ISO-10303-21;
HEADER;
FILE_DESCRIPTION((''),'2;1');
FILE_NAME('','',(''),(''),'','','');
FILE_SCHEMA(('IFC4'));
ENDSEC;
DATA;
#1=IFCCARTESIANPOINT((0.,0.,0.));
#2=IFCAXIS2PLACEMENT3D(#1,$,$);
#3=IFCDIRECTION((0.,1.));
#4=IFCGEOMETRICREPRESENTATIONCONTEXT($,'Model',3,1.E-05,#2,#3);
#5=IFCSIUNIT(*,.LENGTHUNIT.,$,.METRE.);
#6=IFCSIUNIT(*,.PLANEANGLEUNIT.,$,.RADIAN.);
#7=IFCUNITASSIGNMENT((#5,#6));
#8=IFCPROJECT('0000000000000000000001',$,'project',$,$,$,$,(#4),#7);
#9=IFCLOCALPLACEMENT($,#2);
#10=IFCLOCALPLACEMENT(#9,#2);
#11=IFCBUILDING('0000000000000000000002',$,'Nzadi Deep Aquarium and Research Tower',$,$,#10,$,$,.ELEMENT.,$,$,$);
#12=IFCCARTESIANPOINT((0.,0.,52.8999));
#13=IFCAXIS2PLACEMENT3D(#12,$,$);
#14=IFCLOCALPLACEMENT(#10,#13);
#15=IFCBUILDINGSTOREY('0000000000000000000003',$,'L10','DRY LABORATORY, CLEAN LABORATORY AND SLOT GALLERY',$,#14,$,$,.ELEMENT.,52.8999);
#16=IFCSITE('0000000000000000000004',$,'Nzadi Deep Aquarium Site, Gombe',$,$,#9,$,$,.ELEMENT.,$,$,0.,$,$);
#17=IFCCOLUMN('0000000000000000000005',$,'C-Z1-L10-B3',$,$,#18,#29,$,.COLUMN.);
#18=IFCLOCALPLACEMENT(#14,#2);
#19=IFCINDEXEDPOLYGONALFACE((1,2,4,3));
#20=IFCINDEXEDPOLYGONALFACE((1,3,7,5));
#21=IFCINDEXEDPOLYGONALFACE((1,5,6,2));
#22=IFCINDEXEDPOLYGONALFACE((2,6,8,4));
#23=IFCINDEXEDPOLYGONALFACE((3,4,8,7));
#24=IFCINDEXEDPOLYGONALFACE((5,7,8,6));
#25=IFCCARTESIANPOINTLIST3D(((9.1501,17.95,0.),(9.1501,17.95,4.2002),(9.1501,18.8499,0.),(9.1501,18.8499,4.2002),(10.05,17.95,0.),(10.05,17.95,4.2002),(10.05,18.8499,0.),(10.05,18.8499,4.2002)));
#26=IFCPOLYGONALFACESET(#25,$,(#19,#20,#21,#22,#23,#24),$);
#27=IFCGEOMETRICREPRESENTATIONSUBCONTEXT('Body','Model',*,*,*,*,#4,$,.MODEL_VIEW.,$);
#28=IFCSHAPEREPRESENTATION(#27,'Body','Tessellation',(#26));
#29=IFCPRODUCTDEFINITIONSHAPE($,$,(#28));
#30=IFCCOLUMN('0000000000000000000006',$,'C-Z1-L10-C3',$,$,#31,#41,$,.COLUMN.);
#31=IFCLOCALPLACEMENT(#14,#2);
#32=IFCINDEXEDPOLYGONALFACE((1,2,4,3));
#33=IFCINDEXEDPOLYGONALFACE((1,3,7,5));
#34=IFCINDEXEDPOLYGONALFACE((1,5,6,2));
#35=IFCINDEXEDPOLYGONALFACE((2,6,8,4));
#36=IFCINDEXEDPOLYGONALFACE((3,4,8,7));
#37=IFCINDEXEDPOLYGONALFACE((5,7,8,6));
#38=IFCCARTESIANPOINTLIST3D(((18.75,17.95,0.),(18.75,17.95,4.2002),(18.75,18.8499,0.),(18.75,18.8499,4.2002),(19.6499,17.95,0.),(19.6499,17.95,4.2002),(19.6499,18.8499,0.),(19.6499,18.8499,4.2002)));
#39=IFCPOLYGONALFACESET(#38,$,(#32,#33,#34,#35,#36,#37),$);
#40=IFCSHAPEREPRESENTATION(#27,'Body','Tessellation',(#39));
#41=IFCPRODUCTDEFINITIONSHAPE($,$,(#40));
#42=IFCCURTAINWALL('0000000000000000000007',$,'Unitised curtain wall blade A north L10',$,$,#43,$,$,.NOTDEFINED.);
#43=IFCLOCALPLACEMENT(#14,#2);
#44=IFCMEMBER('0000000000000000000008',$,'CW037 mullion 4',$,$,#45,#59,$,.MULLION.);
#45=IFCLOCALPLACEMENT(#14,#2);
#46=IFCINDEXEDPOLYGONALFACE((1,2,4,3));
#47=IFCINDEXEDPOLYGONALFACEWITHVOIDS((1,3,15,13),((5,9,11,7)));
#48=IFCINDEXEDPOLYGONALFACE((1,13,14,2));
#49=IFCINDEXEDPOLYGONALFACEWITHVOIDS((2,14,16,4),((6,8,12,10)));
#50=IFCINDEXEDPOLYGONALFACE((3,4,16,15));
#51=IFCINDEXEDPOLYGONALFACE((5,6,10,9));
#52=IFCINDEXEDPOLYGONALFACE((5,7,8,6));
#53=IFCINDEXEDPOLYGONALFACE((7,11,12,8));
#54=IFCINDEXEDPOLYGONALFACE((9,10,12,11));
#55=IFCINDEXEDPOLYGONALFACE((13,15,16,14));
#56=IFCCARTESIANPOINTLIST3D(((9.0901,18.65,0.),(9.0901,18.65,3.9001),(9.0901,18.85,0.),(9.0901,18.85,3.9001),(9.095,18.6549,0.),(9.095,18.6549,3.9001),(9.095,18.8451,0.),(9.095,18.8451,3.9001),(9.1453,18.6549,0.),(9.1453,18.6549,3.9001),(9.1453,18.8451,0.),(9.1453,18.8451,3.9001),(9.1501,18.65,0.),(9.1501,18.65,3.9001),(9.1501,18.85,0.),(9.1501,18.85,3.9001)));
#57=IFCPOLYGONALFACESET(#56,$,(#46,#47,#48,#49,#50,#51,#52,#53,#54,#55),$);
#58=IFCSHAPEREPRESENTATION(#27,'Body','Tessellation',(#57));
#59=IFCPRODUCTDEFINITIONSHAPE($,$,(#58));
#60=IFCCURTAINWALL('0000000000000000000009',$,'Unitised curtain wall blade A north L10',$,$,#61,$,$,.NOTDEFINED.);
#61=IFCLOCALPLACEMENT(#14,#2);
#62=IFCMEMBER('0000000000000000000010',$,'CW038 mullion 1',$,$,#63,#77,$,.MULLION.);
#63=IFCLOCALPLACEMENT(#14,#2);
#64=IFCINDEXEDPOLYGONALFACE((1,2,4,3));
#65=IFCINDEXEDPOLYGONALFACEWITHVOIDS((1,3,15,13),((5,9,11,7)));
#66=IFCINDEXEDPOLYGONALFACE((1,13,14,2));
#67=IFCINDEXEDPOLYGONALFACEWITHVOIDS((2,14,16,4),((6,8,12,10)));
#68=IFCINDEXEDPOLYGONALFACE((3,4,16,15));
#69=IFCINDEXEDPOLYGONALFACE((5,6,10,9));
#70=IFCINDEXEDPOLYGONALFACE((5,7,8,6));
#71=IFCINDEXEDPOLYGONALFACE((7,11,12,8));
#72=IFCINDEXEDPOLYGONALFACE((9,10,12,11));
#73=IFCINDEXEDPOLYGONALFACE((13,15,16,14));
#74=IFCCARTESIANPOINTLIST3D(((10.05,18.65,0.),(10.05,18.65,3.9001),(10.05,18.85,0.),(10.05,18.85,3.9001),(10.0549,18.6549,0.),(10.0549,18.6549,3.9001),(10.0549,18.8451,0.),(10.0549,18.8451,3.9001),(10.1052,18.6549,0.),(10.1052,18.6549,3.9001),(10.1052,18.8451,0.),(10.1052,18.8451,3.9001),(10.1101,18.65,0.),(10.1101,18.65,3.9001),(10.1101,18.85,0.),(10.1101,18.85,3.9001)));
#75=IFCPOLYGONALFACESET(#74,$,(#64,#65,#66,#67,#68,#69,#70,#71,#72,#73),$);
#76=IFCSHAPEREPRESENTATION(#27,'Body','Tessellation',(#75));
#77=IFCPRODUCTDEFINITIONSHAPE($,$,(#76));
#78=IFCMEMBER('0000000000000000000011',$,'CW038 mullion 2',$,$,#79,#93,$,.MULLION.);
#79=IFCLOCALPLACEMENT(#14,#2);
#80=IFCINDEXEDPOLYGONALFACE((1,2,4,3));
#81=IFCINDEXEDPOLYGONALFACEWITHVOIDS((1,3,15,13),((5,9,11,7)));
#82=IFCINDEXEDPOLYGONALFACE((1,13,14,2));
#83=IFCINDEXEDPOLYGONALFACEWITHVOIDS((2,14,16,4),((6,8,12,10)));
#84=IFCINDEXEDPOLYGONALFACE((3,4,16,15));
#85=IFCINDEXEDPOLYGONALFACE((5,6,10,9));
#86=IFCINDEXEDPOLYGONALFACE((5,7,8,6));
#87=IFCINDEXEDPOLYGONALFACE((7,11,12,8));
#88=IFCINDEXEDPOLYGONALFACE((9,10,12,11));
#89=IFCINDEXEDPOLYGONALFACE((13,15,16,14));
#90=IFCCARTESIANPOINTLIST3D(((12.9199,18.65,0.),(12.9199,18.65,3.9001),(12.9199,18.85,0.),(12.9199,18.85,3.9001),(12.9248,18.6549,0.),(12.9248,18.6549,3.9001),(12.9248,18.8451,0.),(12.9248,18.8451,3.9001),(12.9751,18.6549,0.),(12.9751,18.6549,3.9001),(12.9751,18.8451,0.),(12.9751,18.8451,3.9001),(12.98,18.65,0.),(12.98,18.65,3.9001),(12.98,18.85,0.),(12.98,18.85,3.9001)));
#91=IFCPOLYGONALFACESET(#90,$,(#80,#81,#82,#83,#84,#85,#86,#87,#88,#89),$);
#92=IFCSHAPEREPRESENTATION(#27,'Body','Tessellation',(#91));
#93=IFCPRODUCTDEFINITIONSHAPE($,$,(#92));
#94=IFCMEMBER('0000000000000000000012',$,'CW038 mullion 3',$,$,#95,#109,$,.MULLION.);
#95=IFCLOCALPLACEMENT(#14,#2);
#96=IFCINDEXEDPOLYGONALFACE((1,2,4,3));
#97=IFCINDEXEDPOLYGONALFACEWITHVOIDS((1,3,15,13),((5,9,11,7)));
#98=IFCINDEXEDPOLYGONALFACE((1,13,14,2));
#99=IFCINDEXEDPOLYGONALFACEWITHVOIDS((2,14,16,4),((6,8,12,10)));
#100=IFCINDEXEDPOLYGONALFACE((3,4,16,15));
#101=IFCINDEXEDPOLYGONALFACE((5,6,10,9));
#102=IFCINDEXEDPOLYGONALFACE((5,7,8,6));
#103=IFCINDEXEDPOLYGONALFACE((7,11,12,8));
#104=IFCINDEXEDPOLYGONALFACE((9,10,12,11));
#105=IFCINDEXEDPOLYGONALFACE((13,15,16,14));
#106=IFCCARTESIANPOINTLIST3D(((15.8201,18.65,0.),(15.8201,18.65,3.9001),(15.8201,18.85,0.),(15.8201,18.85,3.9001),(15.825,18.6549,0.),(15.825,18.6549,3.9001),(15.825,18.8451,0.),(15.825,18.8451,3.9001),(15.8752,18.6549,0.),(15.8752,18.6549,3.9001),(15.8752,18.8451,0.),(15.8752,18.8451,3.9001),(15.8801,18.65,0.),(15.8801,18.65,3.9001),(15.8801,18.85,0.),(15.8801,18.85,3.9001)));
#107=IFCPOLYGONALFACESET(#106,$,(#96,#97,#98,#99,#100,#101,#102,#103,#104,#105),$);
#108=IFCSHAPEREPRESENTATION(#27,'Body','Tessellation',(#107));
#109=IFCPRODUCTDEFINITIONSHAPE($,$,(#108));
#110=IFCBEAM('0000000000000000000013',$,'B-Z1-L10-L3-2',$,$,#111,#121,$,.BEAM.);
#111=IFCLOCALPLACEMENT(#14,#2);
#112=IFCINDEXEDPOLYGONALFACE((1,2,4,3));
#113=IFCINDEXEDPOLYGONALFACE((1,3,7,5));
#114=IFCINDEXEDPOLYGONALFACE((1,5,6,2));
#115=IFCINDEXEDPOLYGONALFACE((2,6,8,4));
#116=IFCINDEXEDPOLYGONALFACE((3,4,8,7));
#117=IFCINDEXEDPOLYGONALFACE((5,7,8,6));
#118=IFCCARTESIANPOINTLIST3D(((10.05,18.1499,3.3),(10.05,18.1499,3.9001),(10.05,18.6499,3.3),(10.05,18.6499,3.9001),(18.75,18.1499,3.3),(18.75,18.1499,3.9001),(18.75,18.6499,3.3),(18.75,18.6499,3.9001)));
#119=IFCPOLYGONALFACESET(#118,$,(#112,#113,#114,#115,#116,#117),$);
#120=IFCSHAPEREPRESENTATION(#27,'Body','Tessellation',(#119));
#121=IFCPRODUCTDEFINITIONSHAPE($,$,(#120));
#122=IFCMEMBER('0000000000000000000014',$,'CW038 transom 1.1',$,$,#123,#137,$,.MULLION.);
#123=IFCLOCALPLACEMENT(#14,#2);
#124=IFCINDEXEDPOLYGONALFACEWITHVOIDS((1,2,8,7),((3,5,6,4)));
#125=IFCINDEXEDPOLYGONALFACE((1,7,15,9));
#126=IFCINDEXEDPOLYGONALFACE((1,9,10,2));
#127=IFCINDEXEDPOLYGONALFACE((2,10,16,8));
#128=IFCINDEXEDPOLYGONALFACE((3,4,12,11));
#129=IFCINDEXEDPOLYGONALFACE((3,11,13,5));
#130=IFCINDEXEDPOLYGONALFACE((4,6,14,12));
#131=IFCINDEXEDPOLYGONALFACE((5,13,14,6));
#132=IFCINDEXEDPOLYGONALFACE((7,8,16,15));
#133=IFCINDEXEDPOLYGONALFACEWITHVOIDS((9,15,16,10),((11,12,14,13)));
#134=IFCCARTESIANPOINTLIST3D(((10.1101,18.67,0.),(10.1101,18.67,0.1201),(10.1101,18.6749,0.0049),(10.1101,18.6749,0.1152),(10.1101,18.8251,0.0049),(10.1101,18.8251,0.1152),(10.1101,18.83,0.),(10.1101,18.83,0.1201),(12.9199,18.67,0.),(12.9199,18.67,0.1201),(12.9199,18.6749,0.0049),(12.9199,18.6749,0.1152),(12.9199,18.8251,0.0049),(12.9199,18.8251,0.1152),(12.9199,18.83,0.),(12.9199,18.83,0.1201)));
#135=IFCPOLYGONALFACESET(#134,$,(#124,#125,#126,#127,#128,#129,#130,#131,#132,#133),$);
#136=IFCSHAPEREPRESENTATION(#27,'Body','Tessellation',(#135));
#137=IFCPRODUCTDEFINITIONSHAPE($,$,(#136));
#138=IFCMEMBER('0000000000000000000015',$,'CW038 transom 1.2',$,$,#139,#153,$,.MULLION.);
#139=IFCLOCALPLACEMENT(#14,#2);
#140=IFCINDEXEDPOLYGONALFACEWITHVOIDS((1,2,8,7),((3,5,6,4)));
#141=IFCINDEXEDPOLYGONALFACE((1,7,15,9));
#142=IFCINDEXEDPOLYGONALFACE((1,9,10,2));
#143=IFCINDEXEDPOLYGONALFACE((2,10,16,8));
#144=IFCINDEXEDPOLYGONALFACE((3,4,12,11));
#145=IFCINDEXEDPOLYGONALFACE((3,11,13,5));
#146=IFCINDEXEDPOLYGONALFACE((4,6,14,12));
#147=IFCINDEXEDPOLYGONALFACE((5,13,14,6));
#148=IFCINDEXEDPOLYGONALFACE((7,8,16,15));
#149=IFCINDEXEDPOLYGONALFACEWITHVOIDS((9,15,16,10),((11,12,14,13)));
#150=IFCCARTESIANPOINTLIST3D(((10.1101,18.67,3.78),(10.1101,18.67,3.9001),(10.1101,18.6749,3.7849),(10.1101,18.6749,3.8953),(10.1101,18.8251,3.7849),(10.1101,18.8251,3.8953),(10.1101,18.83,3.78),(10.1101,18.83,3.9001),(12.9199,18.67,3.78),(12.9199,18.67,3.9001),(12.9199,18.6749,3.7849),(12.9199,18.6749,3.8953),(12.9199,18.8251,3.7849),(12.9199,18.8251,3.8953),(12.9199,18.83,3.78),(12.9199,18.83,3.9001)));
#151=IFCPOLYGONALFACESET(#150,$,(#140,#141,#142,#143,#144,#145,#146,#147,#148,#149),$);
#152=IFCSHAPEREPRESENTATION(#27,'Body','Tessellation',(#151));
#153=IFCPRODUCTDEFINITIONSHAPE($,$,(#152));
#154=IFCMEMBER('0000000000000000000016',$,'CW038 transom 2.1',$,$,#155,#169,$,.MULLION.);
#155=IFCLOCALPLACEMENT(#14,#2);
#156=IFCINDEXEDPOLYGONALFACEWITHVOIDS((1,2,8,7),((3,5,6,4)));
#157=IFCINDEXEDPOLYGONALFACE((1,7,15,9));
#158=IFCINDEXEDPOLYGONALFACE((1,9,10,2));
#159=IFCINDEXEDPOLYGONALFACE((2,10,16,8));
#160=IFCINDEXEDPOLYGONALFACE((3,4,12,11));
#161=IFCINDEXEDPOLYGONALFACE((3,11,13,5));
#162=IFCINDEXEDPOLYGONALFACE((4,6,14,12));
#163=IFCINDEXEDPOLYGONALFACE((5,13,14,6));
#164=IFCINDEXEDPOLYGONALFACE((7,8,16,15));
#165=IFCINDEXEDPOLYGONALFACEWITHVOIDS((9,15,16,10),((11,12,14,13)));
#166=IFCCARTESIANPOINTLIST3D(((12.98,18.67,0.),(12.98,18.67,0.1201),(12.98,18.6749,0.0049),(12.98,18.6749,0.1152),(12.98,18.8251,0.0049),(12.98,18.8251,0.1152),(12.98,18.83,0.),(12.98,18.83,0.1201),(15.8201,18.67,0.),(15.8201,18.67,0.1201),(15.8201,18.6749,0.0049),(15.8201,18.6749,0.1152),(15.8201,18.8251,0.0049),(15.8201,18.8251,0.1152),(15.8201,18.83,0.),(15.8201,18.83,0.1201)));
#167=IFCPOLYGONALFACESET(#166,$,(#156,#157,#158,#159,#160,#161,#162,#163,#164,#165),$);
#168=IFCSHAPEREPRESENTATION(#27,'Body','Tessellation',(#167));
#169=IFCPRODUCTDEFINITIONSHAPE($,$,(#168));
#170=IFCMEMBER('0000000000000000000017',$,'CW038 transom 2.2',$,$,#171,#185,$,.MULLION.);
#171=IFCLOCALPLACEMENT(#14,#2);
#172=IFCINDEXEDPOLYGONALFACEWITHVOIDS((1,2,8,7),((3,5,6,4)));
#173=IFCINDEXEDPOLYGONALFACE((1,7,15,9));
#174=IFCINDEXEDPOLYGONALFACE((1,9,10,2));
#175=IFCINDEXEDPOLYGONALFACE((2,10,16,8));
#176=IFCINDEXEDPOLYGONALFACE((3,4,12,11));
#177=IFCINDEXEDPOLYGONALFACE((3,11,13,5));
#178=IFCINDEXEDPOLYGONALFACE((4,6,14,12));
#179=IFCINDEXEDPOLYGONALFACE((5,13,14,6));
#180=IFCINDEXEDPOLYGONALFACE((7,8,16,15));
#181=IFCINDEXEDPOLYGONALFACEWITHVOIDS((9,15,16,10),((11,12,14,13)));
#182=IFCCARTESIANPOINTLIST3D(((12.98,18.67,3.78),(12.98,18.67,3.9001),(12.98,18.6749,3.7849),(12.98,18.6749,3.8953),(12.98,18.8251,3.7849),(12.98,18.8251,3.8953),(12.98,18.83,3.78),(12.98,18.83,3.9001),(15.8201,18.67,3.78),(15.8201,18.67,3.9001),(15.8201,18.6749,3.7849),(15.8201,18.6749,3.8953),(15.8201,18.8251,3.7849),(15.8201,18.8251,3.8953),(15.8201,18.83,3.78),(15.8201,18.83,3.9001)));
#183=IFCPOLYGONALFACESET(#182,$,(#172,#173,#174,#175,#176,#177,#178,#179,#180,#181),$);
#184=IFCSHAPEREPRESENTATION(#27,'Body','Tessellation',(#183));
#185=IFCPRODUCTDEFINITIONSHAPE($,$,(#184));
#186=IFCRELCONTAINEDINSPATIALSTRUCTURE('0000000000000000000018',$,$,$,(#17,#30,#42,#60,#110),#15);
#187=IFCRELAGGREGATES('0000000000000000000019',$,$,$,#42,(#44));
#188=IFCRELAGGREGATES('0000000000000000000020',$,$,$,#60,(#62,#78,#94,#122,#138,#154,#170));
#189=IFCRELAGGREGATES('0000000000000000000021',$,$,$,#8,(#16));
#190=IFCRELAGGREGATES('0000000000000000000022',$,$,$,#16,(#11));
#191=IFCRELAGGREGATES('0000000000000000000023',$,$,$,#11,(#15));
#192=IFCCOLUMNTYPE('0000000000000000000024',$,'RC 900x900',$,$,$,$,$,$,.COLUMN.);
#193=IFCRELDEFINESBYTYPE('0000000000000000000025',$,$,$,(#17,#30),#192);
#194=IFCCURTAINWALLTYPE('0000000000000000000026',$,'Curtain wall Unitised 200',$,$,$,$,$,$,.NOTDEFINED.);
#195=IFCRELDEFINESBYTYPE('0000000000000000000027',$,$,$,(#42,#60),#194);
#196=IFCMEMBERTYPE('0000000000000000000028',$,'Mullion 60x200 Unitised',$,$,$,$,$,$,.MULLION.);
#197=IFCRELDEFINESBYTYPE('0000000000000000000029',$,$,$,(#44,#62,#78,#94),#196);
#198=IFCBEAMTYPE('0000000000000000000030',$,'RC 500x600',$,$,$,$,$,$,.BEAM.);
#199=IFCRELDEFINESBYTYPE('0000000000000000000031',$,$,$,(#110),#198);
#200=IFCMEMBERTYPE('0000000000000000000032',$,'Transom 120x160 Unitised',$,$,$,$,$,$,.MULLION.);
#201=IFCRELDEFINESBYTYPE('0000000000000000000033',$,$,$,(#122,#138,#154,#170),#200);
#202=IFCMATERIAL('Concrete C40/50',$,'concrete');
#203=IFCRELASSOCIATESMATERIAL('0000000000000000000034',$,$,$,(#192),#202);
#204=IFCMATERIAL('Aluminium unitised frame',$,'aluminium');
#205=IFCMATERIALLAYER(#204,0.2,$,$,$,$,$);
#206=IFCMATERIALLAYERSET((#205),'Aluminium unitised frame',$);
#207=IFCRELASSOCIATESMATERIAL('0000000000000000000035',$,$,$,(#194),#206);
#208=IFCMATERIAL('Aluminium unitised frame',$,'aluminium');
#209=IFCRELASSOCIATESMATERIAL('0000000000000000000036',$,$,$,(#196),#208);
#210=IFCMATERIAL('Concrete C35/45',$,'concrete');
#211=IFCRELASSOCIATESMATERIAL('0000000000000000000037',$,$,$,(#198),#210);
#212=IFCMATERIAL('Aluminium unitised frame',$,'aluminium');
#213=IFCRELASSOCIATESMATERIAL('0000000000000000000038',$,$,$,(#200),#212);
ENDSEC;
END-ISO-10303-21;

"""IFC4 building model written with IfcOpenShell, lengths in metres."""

from ifc_helpers import new_model, si_unit, direction, frame, origin, origin_2d, place, context, subcontext, project, spatial, rectangle, hollow_rectangle, extrude, material, layer, layer_set, material_profile, profile_set, type_object, element, aggregate, save


model = new_model("IFC4")

# Units and contexts
model_context = context("Model", 3, precision=1e-05, world=origin(), true_north=direction((0.0, 1.0)))
body_context = subcontext(model_context, "Body", "Model", "MODEL_VIEW")
ifc_project = project(units=[si_unit("LENGTHUNIT", "METRE"), si_unit("PLANEANGLEUNIT", "RADIAN")], contexts=[model_context])

# Site, building, storey
site_placement = place(None, origin())
site = spatial("IfcSite", under=ifc_project, at=site_placement, Name="Nzadi Deep Aquarium Site, Gombe", CompositionType="ELEMENT", RefElevation=0.0)
building_placement = place(site_placement, origin())
building = spatial("IfcBuilding", under=site, at=building_placement, Name="Nzadi Deep Aquarium and Research Tower", CompositionType="ELEMENT")
storey_placement = place(building_placement, frame((0.0, 0.0, 52.8999)))
storey = spatial("IfcBuildingStorey", under=building, at=storey_placement, Name="L10", Description="DRY LABORATORY, CLEAN LABORATORY AND SLOT GALLERY", CompositionType="ELEMENT", Elevation=52.8999)

# Columns
ifc_material_1 = material(Name="Concrete C40/50", Category="concrete")
ifc_material_profile_1 = material_profile(ifc_material_1, rectangle(XDim=0.8999, YDim=0.8999, at=origin_2d()))
ifc_profile_set_1 = profile_set([ifc_material_profile_1], Name="Concrete C40/50")
column_type = type_object("IfcColumnType", Name="RC 900x900", PredefinedType="COLUMN", material=ifc_profile_set_1)
for number, where, z_axis, x_axis, name in (
    (1, (9.6001, 18.3999, 0.0), (0.0, 0.0, 1.0), (1.0, 0.0, 0.0), "C-Z1-L10-B3"),
    (2, (19.2, 18.3999, 0.0), (0.0, 0.0, 1.0), (1.0, 0.0, 0.0), "C-Z1-L10-C3"),
):
    element("IfcColumn", number, at=place(storey_placement, frame(where, z_axis=z_axis, x_axis=x_axis)), inside=storey, type_object=column_type, Name=name, PredefinedType="COLUMN", context=body_context, shape_type="SweptSolid", body=[
        extrude(rectangle(XDim=0.8999, YDim=0.8999, at=origin_2d()), origin(), (0.0, 0.0, 1.0), 4.2002),
    ])

# Curtain wall, member
ifc_material_2 = material(Name="Aluminium unitised frame", Category="aluminium")
ifc_layer_1 = layer(ifc_material_2, 0.2)
ifc_layer_set_1 = layer_set([ifc_layer_1], Name="Aluminium unitised frame")
curtain_wall_type = type_object("IfcCurtainWallType", Name="Curtain wall Unitised 200", PredefinedType="NOTDEFINED", material=ifc_layer_set_1)
curtain_wall_1_placement = place(storey_placement, origin())
curtain_wall_1 = element("IfcCurtainWall", 3, at=curtain_wall_1_placement, inside=storey, type_object=curtain_wall_type, Name="Unitised curtain wall blade A north L10", PredefinedType="NOTDEFINED")
ifc_material_3 = material(Name="Aluminium unitised frame", Category="aluminium")
ifc_material_profile_2 = material_profile(ifc_material_3, hollow_rectangle(XDim=0.2, YDim=0.0601, WallThickness=0.0049, at=origin_2d()))
ifc_profile_set_2 = profile_set([ifc_material_profile_2], Name="Aluminium unitised frame")
member_type_1 = type_object("IfcMemberType", Name="Mullion 60x200 Unitised", PredefinedType="MULLION", material=ifc_profile_set_2)
member_1_placement = place(storey_placement, frame((9.1201, 18.75, 0.0), z_axis=(0.0, 0.0, 1.0), x_axis=(0.0, 1.0, 0.0)))
member_1 = element("IfcMember", 4, at=member_1_placement, type_object=member_type_1, Name="CW037 mullion 4", PredefinedType="MULLION", context=body_context, shape_type="SweptSolid", body=[
    extrude(hollow_rectangle(XDim=0.2, YDim=0.0601, WallThickness=0.0049, at=origin_2d()), origin(), (0.0, 0.0, 1.0), 3.9001),
])
aggregate(curtain_wall_1, [member_1])

# Curtain wall, members
curtain_wall_2_placement = place(storey_placement, origin())
curtain_wall_2 = element("IfcCurtainWall", 5, at=curtain_wall_2_placement, inside=storey, type_object=curtain_wall_type, Name="Unitised curtain wall blade A north L10", PredefinedType="NOTDEFINED")
member_2_placement = place(storey_placement, frame((10.0801, 18.75, 0.0), z_axis=(0.0, 0.0, 1.0), x_axis=(0.0, 1.0, 0.0)))
member_2 = element("IfcMember", 6, at=member_2_placement, type_object=member_type_1, Name="CW038 mullion 1", PredefinedType="MULLION", context=body_context, shape_type="SweptSolid", body=[
    extrude(hollow_rectangle(XDim=0.2, YDim=0.0601, WallThickness=0.0049, at=origin_2d()), origin(), (0.0, 0.0, 1.0), 3.9001),
])
member_3_placement = place(storey_placement, frame((12.95, 18.75, 0.0), z_axis=(0.0, 0.0, 1.0), x_axis=(0.0, 1.0, 0.0)))
member_3 = element("IfcMember", 7, at=member_3_placement, type_object=member_type_1, Name="CW038 mullion 2", PredefinedType="MULLION", context=body_context, shape_type="SweptSolid", body=[
    extrude(hollow_rectangle(XDim=0.2, YDim=0.0601, WallThickness=0.0049, at=origin_2d()), origin(), (0.0, 0.0, 1.0), 3.9001),
])
member_4_placement = place(storey_placement, frame((15.8501, 18.75, 0.0), z_axis=(0.0, 0.0, 1.0), x_axis=(0.0, 1.0, 0.0)))
member_4 = element("IfcMember", 8, at=member_4_placement, type_object=member_type_1, Name="CW038 mullion 3", PredefinedType="MULLION", context=body_context, shape_type="SweptSolid", body=[
    extrude(hollow_rectangle(XDim=0.2, YDim=0.0601, WallThickness=0.0049, at=origin_2d()), origin(), (0.0, 0.0, 1.0), 3.9001),
])

# Beam
ifc_material_4 = material(Name="Concrete C35/45", Category="concrete")
ifc_material_profile_3 = material_profile(ifc_material_4, rectangle(XDim=0.5, YDim=0.6001, at=origin_2d()))
ifc_profile_set_3 = profile_set([ifc_material_profile_3], Name="Concrete C35/45")
beam_type = type_object("IfcBeamType", Name="RC 500x600", PredefinedType="BEAM", material=ifc_profile_set_3)
beam_placement = place(storey_placement, frame((10.05, 18.3999, 3.6001), z_axis=(1.0, 0.0, 0.0), x_axis=(0.0, 1.0, 0.0)))
element("IfcBeam", 9, at=beam_placement, inside=storey, type_object=beam_type, Name="B-Z1-L10-L3-2", PredefinedType="BEAM", context=body_context, shape_type="SweptSolid", body=[
    extrude(rectangle(XDim=0.5, YDim=0.6001, at=origin_2d()), origin(), (0.0, 0.0, 1.0), 8.7),
])

# Members
ifc_material_5 = material(Name="Aluminium unitised frame", Category="aluminium")
ifc_material_profile_4 = material_profile(ifc_material_5, hollow_rectangle(XDim=0.1599, YDim=0.1201, WallThickness=0.0049, at=origin_2d()))
ifc_profile_set_4 = profile_set([ifc_material_profile_4], Name="Aluminium unitised frame")
member_type_2 = type_object("IfcMemberType", Name="Transom 120x160 Unitised", PredefinedType="MULLION", material=ifc_profile_set_4)
member_5_placement = place(storey_placement, frame((10.1101, 18.75, 0.0601), z_axis=(1.0, 0.0, 0.0), x_axis=(0.0, 1.0, 0.0)))
member_5 = element("IfcMember", 10, at=member_5_placement, type_object=member_type_2, Name="CW038 transom 1.1", PredefinedType="MULLION", context=body_context, shape_type="SweptSolid", body=[
    extrude(hollow_rectangle(XDim=0.1599, YDim=0.1201, WallThickness=0.0049, at=origin_2d()), origin(), (0.0, 0.0, 1.0), 2.8098),
])
member_6_placement = place(storey_placement, frame((10.1101, 18.75, 3.8401), z_axis=(1.0, 0.0, 0.0), x_axis=(0.0, 1.0, 0.0)))
member_6 = element("IfcMember", 11, at=member_6_placement, type_object=member_type_2, Name="CW038 transom 1.2", PredefinedType="MULLION", context=body_context, shape_type="SweptSolid", body=[
    extrude(hollow_rectangle(XDim=0.1599, YDim=0.1201, WallThickness=0.0049, at=origin_2d()), origin(), (0.0, 0.0, 1.0), 2.8098),
])
member_7_placement = place(storey_placement, frame((12.98, 18.75, 0.0601), z_axis=(1.0, 0.0, 0.0), x_axis=(0.0, 1.0, 0.0)))
member_7 = element("IfcMember", 12, at=member_7_placement, type_object=member_type_2, Name="CW038 transom 2.1", PredefinedType="MULLION", context=body_context, shape_type="SweptSolid", body=[
    extrude(hollow_rectangle(XDim=0.1599, YDim=0.1201, WallThickness=0.0049, at=origin_2d()), origin(), (0.0, 0.0, 1.0), 2.8401),
])
member_8_placement = place(storey_placement, frame((12.98, 18.75, 3.8401), z_axis=(1.0, 0.0, 0.0), x_axis=(0.0, 1.0, 0.0)))
member_8 = element("IfcMember", 13, at=member_8_placement, type_object=member_type_2, Name="CW038 transom 2.2", PredefinedType="MULLION", context=body_context, shape_type="SweptSolid", body=[
    extrude(hollow_rectangle(XDim=0.1599, YDim=0.1201, WallThickness=0.0049, at=origin_2d()), origin(), (0.0, 0.0, 1.0), 2.8401),
])

aggregate(curtain_wall_2, [member_2, member_3, member_4, member_5, member_6, member_7, member_8])

save(model, "model.ifc")
